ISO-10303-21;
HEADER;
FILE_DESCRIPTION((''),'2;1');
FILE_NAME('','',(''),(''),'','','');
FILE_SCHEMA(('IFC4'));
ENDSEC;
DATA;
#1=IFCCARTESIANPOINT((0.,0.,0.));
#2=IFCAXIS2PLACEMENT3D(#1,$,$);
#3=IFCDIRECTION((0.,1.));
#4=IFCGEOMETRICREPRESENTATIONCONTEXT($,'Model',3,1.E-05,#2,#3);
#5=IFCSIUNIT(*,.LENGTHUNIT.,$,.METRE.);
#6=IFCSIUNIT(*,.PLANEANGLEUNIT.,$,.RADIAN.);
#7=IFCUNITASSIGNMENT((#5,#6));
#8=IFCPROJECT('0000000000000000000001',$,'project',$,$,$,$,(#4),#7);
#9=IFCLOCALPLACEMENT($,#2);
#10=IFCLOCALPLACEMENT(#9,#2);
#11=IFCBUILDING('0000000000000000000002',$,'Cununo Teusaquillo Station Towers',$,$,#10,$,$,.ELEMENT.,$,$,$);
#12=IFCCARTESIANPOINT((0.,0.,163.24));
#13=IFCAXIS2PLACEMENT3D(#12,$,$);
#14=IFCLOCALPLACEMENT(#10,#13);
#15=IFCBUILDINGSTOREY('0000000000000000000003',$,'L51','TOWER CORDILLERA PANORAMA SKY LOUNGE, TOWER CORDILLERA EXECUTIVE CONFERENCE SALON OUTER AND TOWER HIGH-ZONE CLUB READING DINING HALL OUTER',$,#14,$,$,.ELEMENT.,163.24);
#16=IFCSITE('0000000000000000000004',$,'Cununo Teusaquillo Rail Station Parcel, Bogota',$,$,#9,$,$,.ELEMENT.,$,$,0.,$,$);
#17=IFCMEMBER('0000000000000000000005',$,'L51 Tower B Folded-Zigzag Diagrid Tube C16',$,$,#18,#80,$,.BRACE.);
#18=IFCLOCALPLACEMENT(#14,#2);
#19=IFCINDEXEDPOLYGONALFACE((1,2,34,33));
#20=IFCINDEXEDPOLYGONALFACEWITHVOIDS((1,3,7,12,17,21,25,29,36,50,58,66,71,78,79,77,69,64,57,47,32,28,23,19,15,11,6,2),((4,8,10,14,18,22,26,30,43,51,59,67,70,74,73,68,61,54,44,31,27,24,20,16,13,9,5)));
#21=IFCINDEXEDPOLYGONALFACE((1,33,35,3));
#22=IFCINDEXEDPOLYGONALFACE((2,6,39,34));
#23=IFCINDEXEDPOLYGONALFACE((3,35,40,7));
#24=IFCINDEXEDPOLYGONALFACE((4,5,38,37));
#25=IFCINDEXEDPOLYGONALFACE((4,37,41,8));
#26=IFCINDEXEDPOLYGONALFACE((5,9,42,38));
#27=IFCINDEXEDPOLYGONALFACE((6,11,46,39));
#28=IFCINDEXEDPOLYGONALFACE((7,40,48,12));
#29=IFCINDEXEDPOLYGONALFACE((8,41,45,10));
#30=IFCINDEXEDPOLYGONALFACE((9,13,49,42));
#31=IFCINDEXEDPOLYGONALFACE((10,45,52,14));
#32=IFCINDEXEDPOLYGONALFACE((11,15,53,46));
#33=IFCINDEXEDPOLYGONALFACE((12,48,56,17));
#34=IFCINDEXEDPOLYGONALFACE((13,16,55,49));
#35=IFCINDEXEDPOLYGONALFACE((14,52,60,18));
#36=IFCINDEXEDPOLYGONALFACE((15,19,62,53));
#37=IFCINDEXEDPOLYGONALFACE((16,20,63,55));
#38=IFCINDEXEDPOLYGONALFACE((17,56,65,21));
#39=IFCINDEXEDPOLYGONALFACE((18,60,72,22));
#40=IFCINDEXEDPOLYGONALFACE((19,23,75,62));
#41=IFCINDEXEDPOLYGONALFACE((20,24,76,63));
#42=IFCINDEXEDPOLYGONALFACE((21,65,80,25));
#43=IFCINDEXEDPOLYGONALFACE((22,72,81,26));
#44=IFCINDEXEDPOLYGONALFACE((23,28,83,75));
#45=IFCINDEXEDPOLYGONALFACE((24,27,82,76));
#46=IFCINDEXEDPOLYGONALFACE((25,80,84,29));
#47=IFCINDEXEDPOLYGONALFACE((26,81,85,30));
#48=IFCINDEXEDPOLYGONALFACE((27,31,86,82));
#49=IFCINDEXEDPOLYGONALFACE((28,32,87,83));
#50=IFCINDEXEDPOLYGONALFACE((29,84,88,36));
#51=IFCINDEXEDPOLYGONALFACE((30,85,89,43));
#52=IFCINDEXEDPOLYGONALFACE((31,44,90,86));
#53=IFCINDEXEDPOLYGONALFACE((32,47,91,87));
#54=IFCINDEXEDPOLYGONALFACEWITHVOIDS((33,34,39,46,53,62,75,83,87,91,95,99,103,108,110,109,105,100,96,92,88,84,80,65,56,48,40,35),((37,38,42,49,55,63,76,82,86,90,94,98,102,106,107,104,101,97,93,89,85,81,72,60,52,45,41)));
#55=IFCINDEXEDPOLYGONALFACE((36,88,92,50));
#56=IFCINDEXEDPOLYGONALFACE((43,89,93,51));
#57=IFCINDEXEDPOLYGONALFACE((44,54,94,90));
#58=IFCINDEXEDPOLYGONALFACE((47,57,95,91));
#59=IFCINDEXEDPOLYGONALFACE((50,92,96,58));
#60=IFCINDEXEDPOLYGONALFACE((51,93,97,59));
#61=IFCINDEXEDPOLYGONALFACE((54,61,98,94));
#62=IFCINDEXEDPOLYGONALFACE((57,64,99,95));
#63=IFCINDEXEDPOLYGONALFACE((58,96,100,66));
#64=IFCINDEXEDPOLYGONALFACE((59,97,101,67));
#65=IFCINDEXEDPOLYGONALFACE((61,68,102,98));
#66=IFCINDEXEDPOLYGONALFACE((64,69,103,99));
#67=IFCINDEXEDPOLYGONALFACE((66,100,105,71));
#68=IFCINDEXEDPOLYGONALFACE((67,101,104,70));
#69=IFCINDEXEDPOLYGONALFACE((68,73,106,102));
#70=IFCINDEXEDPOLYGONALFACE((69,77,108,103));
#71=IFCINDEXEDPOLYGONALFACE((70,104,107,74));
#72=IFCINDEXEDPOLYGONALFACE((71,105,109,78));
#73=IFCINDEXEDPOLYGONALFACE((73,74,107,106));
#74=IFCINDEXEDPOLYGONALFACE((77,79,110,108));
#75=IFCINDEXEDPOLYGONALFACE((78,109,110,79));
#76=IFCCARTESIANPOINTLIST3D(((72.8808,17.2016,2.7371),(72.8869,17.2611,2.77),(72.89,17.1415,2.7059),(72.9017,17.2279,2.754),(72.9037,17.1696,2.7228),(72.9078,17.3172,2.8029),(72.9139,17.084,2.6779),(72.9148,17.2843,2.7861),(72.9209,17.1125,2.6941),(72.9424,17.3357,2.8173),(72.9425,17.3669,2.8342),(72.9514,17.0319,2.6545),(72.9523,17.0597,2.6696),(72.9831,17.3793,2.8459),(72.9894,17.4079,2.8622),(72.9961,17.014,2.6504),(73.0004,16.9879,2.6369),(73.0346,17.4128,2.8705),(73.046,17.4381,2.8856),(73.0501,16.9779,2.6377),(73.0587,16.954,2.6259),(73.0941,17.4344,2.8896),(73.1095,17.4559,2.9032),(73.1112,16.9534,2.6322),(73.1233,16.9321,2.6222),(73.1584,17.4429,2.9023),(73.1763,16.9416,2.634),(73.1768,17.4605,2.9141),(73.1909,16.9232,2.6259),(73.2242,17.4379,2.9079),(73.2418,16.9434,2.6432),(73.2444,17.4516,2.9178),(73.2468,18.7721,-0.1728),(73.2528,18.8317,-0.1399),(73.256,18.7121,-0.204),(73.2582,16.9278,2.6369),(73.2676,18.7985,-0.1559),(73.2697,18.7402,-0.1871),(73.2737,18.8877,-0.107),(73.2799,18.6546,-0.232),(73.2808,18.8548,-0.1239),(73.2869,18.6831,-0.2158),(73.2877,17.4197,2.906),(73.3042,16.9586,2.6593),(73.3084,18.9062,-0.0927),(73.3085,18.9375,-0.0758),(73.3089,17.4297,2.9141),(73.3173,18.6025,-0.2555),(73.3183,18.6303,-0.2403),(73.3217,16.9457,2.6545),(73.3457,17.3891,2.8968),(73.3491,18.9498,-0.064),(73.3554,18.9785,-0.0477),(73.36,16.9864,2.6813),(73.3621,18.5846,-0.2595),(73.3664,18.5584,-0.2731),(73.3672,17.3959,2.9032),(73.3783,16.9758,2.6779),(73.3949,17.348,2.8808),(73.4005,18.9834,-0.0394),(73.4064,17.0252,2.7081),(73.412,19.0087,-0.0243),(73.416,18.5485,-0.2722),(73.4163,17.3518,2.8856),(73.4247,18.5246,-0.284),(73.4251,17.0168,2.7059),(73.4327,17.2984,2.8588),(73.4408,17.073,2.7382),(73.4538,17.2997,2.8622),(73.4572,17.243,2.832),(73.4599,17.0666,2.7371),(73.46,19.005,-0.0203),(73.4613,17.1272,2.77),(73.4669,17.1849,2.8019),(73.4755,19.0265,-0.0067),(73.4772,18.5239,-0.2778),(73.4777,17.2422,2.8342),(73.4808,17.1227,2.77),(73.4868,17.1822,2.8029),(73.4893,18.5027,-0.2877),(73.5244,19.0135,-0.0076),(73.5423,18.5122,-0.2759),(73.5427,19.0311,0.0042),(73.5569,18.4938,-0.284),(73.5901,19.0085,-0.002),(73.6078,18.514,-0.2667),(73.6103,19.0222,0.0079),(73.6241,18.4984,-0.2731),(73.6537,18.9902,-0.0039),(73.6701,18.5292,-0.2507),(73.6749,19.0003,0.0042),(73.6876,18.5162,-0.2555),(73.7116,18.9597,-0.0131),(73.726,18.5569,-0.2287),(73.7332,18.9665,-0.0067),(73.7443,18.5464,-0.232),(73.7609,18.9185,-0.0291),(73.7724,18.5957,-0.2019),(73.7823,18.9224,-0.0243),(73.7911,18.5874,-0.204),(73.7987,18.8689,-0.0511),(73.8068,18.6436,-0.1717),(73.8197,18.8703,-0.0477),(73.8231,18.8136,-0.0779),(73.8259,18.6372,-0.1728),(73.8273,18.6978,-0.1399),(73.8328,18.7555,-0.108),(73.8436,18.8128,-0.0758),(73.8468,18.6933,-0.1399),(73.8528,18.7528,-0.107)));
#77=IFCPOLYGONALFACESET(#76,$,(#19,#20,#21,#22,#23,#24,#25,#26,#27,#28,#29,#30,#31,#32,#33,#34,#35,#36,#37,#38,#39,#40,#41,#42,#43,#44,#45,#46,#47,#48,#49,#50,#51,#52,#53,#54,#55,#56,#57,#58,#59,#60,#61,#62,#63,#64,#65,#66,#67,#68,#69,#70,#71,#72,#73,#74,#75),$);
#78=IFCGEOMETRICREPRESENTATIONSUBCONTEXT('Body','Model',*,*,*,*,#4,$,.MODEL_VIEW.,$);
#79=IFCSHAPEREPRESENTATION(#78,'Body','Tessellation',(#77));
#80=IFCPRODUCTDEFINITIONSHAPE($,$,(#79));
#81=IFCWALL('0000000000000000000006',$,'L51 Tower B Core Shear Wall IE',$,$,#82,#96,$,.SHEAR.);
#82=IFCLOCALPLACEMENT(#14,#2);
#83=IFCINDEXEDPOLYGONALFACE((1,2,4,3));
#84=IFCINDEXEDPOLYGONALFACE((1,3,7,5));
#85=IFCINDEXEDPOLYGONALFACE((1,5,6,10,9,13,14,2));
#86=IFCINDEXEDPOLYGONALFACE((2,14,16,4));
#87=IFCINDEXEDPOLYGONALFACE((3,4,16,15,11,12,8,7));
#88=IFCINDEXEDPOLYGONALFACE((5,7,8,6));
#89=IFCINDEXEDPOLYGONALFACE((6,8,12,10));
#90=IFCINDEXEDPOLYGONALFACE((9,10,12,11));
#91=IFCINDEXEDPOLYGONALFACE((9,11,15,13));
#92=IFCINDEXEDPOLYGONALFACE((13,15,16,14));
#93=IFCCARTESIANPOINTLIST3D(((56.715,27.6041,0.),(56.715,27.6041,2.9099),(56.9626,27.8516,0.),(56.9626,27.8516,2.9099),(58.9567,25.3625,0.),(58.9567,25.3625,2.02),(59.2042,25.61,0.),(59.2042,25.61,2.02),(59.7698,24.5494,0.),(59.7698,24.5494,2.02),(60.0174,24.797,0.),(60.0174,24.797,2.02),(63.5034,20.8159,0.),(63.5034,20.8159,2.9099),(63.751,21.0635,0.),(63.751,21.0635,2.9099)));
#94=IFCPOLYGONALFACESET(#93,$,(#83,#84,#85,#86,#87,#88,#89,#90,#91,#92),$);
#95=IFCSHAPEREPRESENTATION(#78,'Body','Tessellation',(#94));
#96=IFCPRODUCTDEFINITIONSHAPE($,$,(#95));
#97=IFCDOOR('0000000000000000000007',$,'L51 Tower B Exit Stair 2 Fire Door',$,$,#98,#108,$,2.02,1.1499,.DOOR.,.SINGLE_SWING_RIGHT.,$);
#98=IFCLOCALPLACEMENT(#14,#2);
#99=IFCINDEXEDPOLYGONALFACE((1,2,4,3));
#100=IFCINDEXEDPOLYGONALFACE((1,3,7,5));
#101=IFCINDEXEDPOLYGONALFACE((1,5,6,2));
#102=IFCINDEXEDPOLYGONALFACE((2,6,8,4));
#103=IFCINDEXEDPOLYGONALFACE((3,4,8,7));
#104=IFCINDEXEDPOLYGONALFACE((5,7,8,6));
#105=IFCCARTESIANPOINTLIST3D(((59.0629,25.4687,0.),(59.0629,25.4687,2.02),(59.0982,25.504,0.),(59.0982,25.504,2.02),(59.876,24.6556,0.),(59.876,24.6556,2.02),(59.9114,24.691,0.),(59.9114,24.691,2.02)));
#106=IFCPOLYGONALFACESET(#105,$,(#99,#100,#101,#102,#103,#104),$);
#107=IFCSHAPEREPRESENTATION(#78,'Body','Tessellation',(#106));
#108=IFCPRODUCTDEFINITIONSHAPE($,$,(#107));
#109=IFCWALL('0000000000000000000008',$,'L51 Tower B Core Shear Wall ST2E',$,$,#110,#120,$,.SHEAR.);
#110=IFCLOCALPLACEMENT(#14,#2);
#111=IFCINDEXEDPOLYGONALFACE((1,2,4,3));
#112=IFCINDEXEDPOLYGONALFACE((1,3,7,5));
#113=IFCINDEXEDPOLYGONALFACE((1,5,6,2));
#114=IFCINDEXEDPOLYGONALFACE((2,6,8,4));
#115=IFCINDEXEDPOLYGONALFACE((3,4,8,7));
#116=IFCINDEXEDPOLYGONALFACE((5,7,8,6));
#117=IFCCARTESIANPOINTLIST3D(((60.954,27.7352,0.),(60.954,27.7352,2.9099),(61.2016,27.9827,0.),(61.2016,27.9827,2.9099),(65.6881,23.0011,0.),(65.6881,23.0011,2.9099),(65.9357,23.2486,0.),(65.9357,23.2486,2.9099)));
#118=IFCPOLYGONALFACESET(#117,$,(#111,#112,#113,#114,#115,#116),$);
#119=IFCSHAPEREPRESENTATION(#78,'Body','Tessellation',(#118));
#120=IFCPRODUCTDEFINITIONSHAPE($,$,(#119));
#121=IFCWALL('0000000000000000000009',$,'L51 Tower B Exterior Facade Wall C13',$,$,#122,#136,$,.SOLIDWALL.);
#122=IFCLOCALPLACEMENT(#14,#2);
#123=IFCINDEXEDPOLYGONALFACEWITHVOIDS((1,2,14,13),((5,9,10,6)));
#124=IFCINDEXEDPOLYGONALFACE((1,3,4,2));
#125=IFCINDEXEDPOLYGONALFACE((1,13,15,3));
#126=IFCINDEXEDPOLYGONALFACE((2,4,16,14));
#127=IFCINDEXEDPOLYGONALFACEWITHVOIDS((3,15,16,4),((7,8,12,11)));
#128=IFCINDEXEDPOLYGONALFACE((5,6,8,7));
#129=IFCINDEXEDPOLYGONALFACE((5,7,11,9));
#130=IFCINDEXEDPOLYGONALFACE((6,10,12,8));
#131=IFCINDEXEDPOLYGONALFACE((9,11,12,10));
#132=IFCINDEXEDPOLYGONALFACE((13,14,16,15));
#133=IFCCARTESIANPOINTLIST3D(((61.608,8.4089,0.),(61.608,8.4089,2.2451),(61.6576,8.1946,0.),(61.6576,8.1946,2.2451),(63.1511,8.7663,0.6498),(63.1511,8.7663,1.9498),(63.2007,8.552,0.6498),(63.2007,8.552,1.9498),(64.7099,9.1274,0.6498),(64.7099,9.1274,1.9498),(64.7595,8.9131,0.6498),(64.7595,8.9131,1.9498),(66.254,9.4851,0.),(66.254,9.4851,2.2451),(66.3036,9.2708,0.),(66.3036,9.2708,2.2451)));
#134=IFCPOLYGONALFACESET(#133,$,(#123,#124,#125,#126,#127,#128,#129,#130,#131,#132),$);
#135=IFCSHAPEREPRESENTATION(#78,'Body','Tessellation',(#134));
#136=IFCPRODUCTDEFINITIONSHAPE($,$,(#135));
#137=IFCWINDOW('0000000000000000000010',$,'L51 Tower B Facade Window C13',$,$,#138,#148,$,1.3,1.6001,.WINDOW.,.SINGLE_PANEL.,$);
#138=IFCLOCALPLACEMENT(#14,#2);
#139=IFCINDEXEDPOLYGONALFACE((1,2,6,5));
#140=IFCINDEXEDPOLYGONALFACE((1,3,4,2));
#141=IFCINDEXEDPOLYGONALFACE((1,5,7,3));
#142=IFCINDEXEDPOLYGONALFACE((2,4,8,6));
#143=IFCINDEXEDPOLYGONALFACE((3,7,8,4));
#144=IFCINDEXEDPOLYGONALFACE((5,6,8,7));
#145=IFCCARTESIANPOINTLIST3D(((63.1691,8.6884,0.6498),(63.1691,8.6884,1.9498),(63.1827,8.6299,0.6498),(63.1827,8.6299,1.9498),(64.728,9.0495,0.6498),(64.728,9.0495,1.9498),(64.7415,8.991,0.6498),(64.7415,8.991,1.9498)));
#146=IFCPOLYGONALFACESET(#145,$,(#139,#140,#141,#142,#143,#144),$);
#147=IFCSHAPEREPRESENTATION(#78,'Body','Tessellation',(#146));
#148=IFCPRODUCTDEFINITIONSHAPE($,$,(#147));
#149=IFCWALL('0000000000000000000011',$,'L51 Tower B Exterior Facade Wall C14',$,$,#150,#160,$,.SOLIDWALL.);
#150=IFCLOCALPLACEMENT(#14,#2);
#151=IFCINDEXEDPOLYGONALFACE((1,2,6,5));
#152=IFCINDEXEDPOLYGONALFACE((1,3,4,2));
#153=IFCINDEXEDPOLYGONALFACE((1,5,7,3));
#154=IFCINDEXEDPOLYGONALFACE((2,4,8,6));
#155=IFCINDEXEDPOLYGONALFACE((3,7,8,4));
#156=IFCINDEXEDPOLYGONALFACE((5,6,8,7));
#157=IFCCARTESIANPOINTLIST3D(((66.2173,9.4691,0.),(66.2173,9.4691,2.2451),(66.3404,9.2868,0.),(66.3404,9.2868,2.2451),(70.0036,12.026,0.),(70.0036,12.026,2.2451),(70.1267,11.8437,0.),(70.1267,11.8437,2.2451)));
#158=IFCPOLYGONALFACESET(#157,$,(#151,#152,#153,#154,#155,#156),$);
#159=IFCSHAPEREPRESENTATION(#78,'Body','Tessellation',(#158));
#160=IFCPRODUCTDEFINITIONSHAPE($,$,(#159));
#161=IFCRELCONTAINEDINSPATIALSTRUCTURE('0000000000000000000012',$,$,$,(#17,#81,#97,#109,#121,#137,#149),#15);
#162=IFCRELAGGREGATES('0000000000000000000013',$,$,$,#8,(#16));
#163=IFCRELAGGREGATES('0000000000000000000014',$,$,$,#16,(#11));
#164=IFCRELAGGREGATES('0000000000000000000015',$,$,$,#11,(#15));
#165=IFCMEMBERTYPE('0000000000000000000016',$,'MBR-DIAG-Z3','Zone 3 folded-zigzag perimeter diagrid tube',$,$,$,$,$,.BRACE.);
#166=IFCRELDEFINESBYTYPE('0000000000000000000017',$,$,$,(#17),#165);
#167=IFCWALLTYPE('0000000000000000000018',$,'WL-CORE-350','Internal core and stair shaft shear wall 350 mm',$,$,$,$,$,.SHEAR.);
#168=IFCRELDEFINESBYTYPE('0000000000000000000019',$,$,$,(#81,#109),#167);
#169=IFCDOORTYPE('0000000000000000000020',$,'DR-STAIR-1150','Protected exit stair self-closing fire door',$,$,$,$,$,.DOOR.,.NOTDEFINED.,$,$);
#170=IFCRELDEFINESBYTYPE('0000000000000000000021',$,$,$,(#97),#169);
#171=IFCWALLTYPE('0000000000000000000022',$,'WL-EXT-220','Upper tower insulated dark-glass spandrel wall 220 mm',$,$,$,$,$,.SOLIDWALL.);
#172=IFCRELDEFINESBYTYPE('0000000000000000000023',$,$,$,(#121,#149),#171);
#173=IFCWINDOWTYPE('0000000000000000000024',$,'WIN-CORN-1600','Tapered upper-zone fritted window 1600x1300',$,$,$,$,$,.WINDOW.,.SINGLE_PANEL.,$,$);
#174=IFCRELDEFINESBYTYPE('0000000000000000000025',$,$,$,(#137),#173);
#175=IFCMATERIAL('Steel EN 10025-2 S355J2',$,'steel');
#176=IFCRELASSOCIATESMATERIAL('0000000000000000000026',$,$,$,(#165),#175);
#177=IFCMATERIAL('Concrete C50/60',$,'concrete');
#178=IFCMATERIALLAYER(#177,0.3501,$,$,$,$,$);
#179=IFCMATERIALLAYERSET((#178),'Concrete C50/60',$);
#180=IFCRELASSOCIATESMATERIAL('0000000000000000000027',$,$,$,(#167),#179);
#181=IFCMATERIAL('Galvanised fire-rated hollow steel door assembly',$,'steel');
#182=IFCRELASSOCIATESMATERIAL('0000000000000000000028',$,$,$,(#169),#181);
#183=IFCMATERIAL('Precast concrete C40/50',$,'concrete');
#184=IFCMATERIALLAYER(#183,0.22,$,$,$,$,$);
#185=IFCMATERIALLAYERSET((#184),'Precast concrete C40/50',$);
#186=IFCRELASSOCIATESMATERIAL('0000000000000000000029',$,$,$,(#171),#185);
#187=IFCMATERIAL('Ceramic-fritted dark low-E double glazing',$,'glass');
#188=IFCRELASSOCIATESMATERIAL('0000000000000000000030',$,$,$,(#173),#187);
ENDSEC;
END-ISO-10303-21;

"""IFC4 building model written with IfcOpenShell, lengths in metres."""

from ifc_helpers import new_model, si_unit, direction, frame, frame_2d, origin, origin_2d, place, context, subcontext, project, spatial, rectangle, hollow_circle, extrude, source, transform, mapped, material, layer, layer_set, material_profile, profile_set, type_object, element, fill, save


model = new_model("IFC4")

# Units and contexts
model_context = context("Model", 3, precision=1e-05, world=origin(), true_north=direction((0.0, 1.0)))
body_context = subcontext(model_context, "Body", "Model", "MODEL_VIEW")
ifc_project = project(units=[si_unit("LENGTHUNIT", "METRE"), si_unit("PLANEANGLEUNIT", "RADIAN")], contexts=[model_context])

# Site, building, storey
site_placement = place(None, origin())
site = spatial("IfcSite", under=ifc_project, at=site_placement, Name="Cununo Teusaquillo Rail Station Parcel, Bogota", CompositionType="ELEMENT", RefElevation=0.0)
building_placement = place(site_placement, origin())
building = spatial("IfcBuilding", under=site, at=building_placement, Name="Cununo Teusaquillo Station Towers", CompositionType="ELEMENT")
storey_placement = place(building_placement, frame((0.0, 0.0, 163.24)))
storey = spatial("IfcBuildingStorey", under=building, at=storey_placement, Name="L51", Description="TOWER CORDILLERA PANORAMA SKY LOUNGE, TOWER CORDILLERA EXECUTIVE CONFERENCE SALON OUTER AND TOWER HIGH-ZONE CLUB READING DINING HALL OUTER", CompositionType="ELEMENT", Elevation=163.24)

# Member
ifc_material_1 = material(Name="Steel EN 10025-2 S355J2", Category="steel")
ifc_material_profile_1 = material_profile(ifc_material_1, hollow_circle(Radius=0.3049, WallThickness=0.02, at=origin_2d()), Name="CHS 610x20")
ifc_profile_set_1 = profile_set([ifc_material_profile_1], Name="Steel EN 10025-2 S355J2")
member_type = type_object("IfcMemberType", Name="MBR-DIAG-Z3", Description="Zone 3 folded-zigzag perimeter diagrid tube", PredefinedType="BRACE", material=ifc_profile_set_1)
member_1_placement = place(storey_placement, frame((73.5498, 18.7625, -0.1399), z_axis=(-0.110003, -0.47208, 0.874665), x_axis=(0.973909, -0.226938, 0.0)))
element("IfcMember", 1, at=member_1_placement, inside=storey, type_object=member_type, Name="L51 Tower B Folded-Zigzag Diagrid Tube C16", PredefinedType="BRACE", context=body_context, shape_type="SweptSolid", body=[
    extrude(hollow_circle(Radius=0.3049, WallThickness=0.02, at=origin_2d()), origin(), (0.0, 0.0, 1.0), 3.3269),
])

# Wall, opening, door
ifc_material_2 = material(Name="Concrete C50/60", Category="concrete")
ifc_layer_1 = layer(ifc_material_2, 0.3501)
ifc_layer_set_1 = layer_set([ifc_layer_1], Name="Concrete C50/60")
wall_type_1 = type_object("IfcWallType", Name="WL-CORE-350", Description="Internal core and stair shaft shear wall 350 mm", PredefinedType="SHEAR", material=ifc_layer_set_1)
wall_1_placement = place(storey_placement, frame((63.6272, 20.9397, 0.0), z_axis=(0.0, 0.0, 1.0), x_axis=(-0.707119, 0.707094, 0.0)))
wall_1 = element("IfcWall", 2, at=wall_1_placement, inside=storey, type_object=wall_type_1, Name="L51 Tower B Core Shear Wall IE", PredefinedType="SHEAR", context=body_context, shape_type="SweptSolid", body=[
    extrude(rectangle(XDim=9.6001, YDim=0.3501, at=frame_2d((4.8, 0.0))), origin(), (0.0, 0.0, 1.0), 2.9099),
])
shared_shape_1 = source(origin(), body_context, "Body", "SweptSolid", [
    extrude(rectangle(XDim=1.1499, YDim=2.02, at=frame_2d((0.575, 1.01))), frame((0.0, 0.1851, 0.0), z_axis=(0.0, -1.0, 0.0), x_axis=(1.0, 0.0, 0.0)), (0.0, 0.0, 1.0), 0.3701),
])
opening_1_placement = place(wall_1_placement, frame((5.28, 0.0, 0.0)))
opening_1 = element("IfcOpeningElement", 3, at=opening_1_placement, cuts=wall_1, PredefinedType="OPENING", context=body_context, shape_type="MappedRepresentation", body=[
    mapped(shared_shape_1, transform((0.0, 0.0, 0.0), x_axis=(1.0, 0.0, 0.0), y_axis=(0.0, 1.0, 0.0), z_axis=(0.0, 0.0, 1.0), scale=1.0)),
])
ifc_material_3 = material(Name="Galvanised fire-rated hollow steel door assembly", Category="steel")
door_type_1 = type_object("IfcDoorType", Name="DR-STAIR-1150", Description="Protected exit stair self-closing fire door", OperationType="NOTDEFINED", PredefinedType="DOOR", material=ifc_material_3)
shared_shape_2 = source(origin(), body_context, "Body", "SweptSolid", [
    extrude(rectangle(XDim=1.1499, YDim=2.02, at=frame_2d((0.575, 1.01))), frame((0.0, 0.0249, 0.0), z_axis=(0.0, -1.0, 0.0), x_axis=(1.0, 0.0, 0.0)), (0.0, 0.0, 1.0), 0.05),
])
door_1_placement = place(opening_1_placement, origin())
door_1 = element("IfcDoor", 4, at=door_1_placement, inside=storey, type_object=door_type_1, Name="L51 Tower B Exit Stair 2 Fire Door", OperationType="SINGLE_SWING_RIGHT", OverallHeight=2.02, OverallWidth=1.1499, PredefinedType="DOOR", context=body_context, shape_type="MappedRepresentation", body=[
    mapped(shared_shape_2, transform((0.0, 0.0, 0.0), x_axis=(1.0, 0.0, 0.0), y_axis=(0.0, 1.0, 0.0), z_axis=(0.0, 0.0, 1.0), scale=1.0)),
])
fill(opening_1, door_1)

# Wall
wall_2_placement = place(storey_placement, frame((65.812, 23.1248, 0.0), z_axis=(0.0, 0.0, 1.0), x_axis=(-0.707107, 0.707107, 0.0)))
element("IfcWall", 5, at=wall_2_placement, inside=storey, type_object=wall_type_1, Name="L51 Tower B Core Shear Wall ST2E", PredefinedType="SHEAR", context=body_context, shape_type="SweptSolid", body=[
    extrude(rectangle(XDim=6.6951, YDim=0.3501, at=frame_2d((3.3477, 0.0))), origin(), (0.0, 0.0, 1.0), 2.9099),
])

# Wall, opening, window
ifc_material_4 = material(Name="Precast concrete C40/50", Category="concrete")
ifc_layer_2 = layer(ifc_material_4, 0.22)
ifc_layer_set_2 = layer_set([ifc_layer_2], Name="Precast concrete C40/50")
wall_type_2 = type_object("IfcWallType", Name="WL-EXT-220", Description="Upper tower insulated dark-glass spandrel wall 220 mm", PredefinedType="SOLIDWALL", material=ifc_layer_set_2)
wall_3_placement = place(storey_placement, frame((66.2788, 9.3779, 0.0), z_axis=(0.0, 0.0, 1.0), x_axis=(-0.974206, -0.22566, 0.0)))
wall_3 = element("IfcWall", 6, at=wall_3_placement, inside=storey, type_object=wall_type_2, Name="L51 Tower B Exterior Facade Wall C13", PredefinedType="SOLIDWALL", context=body_context, shape_type="SweptSolid", body=[
    extrude(rectangle(XDim=4.769, YDim=0.22, at=frame_2d((2.3845, 0.0))), origin(), (0.0, 0.0, 1.0), 2.2451),
])
shared_shape_3 = source(origin(), body_context, "Body", "SweptSolid", [
    extrude(rectangle(XDim=1.6001, YDim=1.3, at=frame_2d((0.8, 0.6499))), frame((0.0, 0.1199, 0.0), z_axis=(0.0, -1.0, 0.0), x_axis=(1.0, 0.0, 0.0)), (0.0, 0.0, 1.0), 0.24),
])
opening_2_placement = place(wall_3_placement, frame((1.585, 0.0, 0.6499)))
opening_2 = element("IfcOpeningElement", 7, at=opening_2_placement, cuts=wall_3, PredefinedType="OPENING", context=body_context, shape_type="MappedRepresentation", body=[
    mapped(shared_shape_3, transform((0.0, 0.0, 0.0), x_axis=(1.0, 0.0, 0.0), y_axis=(0.0, 1.0, 0.0), z_axis=(0.0, 0.0, 1.0), scale=1.0)),
])
ifc_material_5 = material(Name="Ceramic-fritted dark low-E double glazing", Category="glass")
window_type = type_object("IfcWindowType", Name="WIN-CORN-1600", Description="Tapered upper-zone fritted window 1600x1300", PartitioningType="SINGLE_PANEL", PredefinedType="WINDOW", material=ifc_material_5)
shared_shape_4 = source(origin(), body_context, "Body", "SweptSolid", [
    extrude(rectangle(XDim=1.6001, YDim=1.3, at=frame_2d((0.8, 0.6499))), frame((0.0, 0.03, 0.0), z_axis=(0.0, -1.0, 0.0), x_axis=(1.0, 0.0, 0.0)), (0.0, 0.0, 1.0), 0.0601),
])
window_1_placement = place(opening_2_placement, origin())
window_1 = element("IfcWindow", 8, at=window_1_placement, inside=storey, type_object=window_type, Name="L51 Tower B Facade Window C13", OverallHeight=1.3, OverallWidth=1.6001, PartitioningType="SINGLE_PANEL", PredefinedType="WINDOW", context=body_context, shape_type="MappedRepresentation", body=[
    mapped(shared_shape_4, transform((0.0, 0.0, 0.0), x_axis=(1.0, 0.0, 0.0), y_axis=(0.0, 1.0, 0.0), z_axis=(0.0, 0.0, 1.0), scale=1.0)),
])
fill(opening_2, window_1)

# Wall
wall_4_placement = place(storey_placement, frame((70.0652, 11.9348, 0.0), z_axis=(0.0, 0.0, 1.0), x_axis=(-0.828739, -0.559635, 0.0)))
element("IfcWall", 9, at=wall_4_placement, inside=storey, type_object=wall_type_2, Name="L51 Tower B Exterior Facade Wall C14", PredefinedType="SOLIDWALL", context=body_context, shape_type="SweptSolid", body=[
    extrude(rectangle(XDim=4.5688, YDim=0.22, at=frame_2d((2.2844, 0.0))), origin(), (0.0, 0.0, 1.0), 2.2451),
])

save(model, "model.ifc")
